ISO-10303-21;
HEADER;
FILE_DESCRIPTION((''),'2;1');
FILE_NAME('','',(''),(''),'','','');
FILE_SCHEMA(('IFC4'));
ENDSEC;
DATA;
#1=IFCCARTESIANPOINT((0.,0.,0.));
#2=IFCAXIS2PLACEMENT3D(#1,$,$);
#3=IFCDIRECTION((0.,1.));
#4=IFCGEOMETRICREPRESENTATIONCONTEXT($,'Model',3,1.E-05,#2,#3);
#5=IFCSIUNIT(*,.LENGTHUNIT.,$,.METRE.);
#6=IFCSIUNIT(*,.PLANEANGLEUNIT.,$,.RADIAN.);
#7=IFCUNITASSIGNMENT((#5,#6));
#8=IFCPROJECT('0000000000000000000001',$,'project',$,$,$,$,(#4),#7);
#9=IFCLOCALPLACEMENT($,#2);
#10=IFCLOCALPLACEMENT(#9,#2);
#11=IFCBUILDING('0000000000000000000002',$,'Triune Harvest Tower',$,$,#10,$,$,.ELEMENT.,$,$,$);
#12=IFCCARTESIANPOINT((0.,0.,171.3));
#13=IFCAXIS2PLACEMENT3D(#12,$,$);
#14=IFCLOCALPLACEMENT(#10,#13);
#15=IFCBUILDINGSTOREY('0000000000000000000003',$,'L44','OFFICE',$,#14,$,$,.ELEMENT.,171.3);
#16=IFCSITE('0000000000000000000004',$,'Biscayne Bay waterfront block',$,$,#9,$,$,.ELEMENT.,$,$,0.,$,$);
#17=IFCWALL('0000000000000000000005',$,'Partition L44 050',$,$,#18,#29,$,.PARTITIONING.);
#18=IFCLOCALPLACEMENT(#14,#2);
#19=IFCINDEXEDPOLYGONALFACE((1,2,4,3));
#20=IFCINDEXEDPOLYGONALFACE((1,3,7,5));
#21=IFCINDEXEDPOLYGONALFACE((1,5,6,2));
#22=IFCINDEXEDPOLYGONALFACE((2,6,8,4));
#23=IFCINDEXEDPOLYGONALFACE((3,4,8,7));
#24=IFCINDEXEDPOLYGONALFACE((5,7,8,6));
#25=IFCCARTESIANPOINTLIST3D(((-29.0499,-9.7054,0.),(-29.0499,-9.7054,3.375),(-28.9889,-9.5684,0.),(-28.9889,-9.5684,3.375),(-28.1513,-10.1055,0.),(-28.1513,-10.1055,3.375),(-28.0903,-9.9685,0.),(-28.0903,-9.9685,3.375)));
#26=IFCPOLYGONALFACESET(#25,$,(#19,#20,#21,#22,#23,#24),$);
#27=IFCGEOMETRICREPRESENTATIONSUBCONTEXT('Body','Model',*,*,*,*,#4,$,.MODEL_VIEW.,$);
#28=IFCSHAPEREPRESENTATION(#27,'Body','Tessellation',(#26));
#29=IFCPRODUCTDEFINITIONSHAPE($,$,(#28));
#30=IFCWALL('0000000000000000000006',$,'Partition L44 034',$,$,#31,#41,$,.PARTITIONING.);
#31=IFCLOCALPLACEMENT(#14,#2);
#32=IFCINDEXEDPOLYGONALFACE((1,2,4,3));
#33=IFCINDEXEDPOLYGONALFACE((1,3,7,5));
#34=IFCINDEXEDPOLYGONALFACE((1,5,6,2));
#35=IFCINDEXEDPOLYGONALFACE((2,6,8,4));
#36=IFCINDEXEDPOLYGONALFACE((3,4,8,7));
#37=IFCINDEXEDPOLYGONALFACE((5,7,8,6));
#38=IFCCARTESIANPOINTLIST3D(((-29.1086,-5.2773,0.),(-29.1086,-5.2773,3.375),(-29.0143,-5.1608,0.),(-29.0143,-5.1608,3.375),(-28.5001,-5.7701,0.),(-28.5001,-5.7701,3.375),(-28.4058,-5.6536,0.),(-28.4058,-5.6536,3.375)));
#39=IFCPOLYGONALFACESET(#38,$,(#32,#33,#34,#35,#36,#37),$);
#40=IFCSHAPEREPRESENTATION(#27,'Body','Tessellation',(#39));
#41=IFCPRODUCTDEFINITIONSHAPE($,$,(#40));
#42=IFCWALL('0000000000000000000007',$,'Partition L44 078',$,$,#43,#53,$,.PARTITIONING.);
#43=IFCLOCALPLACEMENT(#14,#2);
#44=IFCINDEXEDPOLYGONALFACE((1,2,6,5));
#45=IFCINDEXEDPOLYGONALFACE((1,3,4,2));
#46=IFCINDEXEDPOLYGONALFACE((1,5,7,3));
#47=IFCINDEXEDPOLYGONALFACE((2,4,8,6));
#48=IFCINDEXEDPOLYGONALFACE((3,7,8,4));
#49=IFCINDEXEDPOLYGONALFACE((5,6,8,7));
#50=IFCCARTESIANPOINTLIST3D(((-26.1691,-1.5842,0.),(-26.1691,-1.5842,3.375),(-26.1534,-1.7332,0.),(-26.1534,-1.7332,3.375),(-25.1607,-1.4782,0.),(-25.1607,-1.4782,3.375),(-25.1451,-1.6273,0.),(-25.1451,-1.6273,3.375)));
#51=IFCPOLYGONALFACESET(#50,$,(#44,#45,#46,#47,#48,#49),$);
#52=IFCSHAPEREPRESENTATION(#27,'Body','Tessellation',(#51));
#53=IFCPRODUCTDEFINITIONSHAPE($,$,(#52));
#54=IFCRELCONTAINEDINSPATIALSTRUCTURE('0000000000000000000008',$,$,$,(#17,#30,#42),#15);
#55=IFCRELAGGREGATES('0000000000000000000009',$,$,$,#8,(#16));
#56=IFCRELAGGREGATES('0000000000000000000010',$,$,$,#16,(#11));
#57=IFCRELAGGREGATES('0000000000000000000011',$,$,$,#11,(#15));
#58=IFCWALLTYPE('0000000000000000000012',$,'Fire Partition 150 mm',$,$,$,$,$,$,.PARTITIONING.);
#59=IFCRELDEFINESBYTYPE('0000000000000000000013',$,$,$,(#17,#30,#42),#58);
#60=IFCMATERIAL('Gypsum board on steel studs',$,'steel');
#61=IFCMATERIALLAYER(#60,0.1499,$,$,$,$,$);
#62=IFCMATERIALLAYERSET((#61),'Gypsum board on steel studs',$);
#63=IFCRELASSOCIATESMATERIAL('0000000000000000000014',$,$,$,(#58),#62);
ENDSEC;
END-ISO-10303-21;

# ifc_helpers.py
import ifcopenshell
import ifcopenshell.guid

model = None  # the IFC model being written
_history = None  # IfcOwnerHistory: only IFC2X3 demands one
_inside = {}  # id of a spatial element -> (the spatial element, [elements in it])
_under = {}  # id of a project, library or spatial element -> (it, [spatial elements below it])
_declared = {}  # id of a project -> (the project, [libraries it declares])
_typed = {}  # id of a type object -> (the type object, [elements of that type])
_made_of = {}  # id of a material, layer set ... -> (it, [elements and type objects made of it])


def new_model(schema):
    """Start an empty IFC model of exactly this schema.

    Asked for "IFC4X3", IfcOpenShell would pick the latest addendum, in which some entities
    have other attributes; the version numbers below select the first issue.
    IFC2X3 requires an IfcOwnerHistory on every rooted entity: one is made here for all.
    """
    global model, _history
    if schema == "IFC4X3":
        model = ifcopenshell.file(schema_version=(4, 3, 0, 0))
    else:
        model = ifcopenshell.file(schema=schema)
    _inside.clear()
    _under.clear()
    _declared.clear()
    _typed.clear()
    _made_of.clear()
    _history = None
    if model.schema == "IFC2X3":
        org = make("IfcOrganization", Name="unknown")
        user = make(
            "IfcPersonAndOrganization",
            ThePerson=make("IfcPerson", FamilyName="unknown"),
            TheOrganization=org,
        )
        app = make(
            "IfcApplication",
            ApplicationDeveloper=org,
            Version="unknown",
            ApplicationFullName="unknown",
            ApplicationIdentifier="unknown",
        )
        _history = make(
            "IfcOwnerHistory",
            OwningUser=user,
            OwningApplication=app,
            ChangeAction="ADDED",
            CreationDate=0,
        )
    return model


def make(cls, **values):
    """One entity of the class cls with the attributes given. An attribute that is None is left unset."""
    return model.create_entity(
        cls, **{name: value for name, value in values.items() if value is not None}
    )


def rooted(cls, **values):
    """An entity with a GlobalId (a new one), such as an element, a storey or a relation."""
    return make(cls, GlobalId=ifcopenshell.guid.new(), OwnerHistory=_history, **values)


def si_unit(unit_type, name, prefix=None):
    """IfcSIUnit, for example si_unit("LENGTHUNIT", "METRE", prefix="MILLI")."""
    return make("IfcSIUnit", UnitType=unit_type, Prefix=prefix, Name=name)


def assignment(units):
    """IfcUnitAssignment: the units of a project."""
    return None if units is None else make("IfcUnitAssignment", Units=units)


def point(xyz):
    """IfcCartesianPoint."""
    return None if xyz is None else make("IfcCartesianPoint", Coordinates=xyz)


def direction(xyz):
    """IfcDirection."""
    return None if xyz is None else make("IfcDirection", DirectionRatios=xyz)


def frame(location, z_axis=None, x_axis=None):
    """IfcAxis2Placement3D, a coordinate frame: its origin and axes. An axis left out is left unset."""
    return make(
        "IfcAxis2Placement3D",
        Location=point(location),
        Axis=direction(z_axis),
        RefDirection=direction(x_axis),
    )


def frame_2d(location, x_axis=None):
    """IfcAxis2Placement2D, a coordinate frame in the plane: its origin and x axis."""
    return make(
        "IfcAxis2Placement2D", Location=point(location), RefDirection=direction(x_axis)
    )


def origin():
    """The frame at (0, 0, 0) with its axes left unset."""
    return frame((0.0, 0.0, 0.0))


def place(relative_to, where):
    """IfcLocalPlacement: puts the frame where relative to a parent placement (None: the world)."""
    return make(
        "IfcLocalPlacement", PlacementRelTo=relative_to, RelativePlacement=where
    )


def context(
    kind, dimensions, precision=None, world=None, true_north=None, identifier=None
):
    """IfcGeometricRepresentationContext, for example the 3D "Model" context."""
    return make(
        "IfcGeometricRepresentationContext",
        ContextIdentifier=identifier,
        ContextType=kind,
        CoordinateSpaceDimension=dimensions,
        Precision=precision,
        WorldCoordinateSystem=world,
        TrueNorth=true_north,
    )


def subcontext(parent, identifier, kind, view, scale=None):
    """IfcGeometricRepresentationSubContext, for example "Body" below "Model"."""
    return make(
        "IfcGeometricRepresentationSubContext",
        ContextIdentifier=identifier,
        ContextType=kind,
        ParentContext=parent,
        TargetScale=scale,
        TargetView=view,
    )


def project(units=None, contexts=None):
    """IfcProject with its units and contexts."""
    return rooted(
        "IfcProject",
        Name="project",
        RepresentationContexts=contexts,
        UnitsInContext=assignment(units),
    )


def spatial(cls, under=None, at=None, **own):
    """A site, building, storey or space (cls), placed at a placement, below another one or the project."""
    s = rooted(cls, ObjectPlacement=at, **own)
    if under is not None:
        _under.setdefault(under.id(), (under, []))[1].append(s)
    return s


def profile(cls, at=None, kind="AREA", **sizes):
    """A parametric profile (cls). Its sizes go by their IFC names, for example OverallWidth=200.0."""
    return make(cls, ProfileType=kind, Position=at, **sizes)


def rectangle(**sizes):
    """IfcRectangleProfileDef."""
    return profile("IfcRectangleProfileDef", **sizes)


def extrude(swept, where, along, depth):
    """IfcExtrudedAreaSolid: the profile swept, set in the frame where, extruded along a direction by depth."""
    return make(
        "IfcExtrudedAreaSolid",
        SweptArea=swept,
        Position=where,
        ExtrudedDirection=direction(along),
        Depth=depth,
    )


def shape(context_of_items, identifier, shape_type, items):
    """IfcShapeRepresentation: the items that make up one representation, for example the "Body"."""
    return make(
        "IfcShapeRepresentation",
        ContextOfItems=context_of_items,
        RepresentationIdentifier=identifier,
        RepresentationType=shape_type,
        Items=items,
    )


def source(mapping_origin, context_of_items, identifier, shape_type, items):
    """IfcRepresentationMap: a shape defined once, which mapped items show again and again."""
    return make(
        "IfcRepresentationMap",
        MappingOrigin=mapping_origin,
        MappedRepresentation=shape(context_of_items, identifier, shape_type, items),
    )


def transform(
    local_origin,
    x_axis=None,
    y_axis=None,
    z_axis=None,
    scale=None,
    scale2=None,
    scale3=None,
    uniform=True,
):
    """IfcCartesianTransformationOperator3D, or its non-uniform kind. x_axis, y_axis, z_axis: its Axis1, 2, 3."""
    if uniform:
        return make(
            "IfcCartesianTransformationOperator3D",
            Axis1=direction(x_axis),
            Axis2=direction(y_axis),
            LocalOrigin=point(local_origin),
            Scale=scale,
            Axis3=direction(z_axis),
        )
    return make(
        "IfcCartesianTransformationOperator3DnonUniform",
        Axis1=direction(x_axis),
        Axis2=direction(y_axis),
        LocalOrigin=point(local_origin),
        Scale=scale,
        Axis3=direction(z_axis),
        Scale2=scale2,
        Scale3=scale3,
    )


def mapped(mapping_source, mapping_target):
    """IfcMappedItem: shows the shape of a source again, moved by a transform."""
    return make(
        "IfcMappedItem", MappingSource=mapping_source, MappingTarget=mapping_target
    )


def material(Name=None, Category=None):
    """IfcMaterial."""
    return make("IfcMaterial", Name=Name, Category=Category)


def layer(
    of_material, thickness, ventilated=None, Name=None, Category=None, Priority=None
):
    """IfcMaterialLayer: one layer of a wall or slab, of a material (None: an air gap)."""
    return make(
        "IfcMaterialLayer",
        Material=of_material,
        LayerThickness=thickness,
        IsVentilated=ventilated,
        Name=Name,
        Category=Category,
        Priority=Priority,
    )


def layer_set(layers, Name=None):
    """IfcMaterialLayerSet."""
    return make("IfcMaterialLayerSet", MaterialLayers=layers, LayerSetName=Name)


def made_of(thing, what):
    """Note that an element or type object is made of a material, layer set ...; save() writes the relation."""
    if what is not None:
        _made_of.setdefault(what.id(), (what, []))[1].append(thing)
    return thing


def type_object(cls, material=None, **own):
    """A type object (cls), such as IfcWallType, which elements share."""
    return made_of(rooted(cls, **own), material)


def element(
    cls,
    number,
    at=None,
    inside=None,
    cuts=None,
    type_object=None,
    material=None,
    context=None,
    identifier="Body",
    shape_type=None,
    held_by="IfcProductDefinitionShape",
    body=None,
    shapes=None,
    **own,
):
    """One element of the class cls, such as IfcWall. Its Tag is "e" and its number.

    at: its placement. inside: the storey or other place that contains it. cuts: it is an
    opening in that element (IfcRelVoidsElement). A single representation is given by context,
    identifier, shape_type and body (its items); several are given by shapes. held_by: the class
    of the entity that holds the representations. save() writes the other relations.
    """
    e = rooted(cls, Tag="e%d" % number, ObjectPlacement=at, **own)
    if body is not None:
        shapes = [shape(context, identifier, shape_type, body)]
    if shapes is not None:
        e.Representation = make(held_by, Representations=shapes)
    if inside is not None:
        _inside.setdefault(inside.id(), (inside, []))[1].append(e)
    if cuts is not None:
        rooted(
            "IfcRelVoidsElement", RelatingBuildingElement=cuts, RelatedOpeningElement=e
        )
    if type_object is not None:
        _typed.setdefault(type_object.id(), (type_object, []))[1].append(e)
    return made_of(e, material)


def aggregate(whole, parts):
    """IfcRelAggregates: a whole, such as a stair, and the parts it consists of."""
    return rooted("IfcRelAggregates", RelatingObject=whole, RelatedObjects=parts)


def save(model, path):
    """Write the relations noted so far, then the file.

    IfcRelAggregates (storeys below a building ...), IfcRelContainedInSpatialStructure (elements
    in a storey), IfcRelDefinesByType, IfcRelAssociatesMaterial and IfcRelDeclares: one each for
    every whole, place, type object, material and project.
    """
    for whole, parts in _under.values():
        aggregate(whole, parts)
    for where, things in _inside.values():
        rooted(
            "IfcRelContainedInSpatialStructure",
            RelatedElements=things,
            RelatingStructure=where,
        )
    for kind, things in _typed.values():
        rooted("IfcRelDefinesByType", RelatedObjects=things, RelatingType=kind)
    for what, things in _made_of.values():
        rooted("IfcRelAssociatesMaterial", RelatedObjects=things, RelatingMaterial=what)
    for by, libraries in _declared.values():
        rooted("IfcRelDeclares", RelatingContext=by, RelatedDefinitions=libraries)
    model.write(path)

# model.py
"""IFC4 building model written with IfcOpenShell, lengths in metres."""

from ifc_helpers import new_model, si_unit, direction, frame, frame_2d, origin, place, context, subcontext, project, spatial, rectangle, extrude, source, transform, mapped, material, layer, layer_set, type_object, element, save


model = new_model("IFC4")

# Units and contexts
model_context = context("Model", 3, precision=1e-05, world=origin(), true_north=direction((0.0, 1.0)))
body_context = subcontext(model_context, "Body", "Model", "MODEL_VIEW")
ifc_project = project(units=[si_unit("LENGTHUNIT", "METRE"), si_unit("PLANEANGLEUNIT", "RADIAN")], contexts=[model_context])

# Site, building, storey
site_placement = place(None, origin())
site = spatial("IfcSite", under=ifc_project, at=site_placement, Name="Biscayne Bay waterfront block", CompositionType="ELEMENT", RefElevation=0.0)
building_placement = place(site_placement, origin())
building = spatial("IfcBuilding", under=site, at=building_placement, Name="Triune Harvest Tower", CompositionType="ELEMENT")
storey_placement = place(building_placement, frame((0.0, 0.0, 171.3)))
storey = spatial("IfcBuildingStorey", under=building, at=storey_placement, Name="L44", Description="OFFICE", CompositionType="ELEMENT", Elevation=171.3)

# Shared definitions
ifc_material_1 = material(Name="Gypsum board on steel studs", Category="steel")
ifc_layer_1 = layer(ifc_material_1, 0.1499)
ifc_layer_set_1 = layer_set([ifc_layer_1], Name="Gypsum board on steel studs")
wall_type_1 = type_object("IfcWallType", Name="Fire Partition 150 mm", PredefinedType="PARTITIONING", material=ifc_layer_set_1)

# Walls
shared_shape_1 = source(origin(), body_context, "Body", "SweptSolid", [
    extrude(rectangle(XDim=0.9836, YDim=0.1499, at=frame_2d((0.4917, 0.0))), origin(), (0.0, 0.0, 1.0), 3.375),
])
wall_1_placement = place(storey_placement, frame((-29.0193, -9.637, 0.0), z_axis=(0.0, 0.0, 1.0), x_axis=(0.913535, -0.40676, 0.0)))
element("IfcWall", 1, at=wall_1_placement, inside=storey, type_object=wall_type_1, Name="Partition L44 050", PredefinedType="PARTITIONING", context=body_context, shape_type="MappedRepresentation", body=[
    mapped(shared_shape_1, transform((0.0, 0.0, 0.0), scale=1.0)),
])
shared_shape_2 = source(origin(), body_context, "Body", "SweptSolid", [
    extrude(rectangle(XDim=0.783, YDim=0.1499, at=frame_2d((0.3916, 0.0))), origin(), (0.0, 0.0, 1.0), 3.375),
])
wall_2_placement = place(storey_placement, frame((-29.0615, -5.219, 0.0), z_axis=(0.0, 0.0, 1.0), x_axis=(0.777143, -0.629324, 0.0)))
element("IfcWall", 2, at=wall_2_placement, inside=storey, type_object=wall_type_1, Name="Partition L44 034", PredefinedType="PARTITIONING", context=body_context, shape_type="MappedRepresentation", body=[
    mapped(shared_shape_2, transform((0.0, 0.0, 0.0), scale=1.0)),
])
shared_shape_3 = source(origin(), body_context, "Body", "SweptSolid", [
    extrude(rectangle(XDim=1.0139, YDim=0.1499, at=frame_2d((0.5068, 0.0))), origin(), (0.0, 0.0, 1.0), 3.375),
])
wall_3_placement = place(storey_placement, frame((-26.1611, -1.6587, 0.0), z_axis=(0.0, 0.0, 1.0), x_axis=(0.994524, 0.104509, 0.0)))
element("IfcWall", 3, at=wall_3_placement, inside=storey, type_object=wall_type_1, Name="Partition L44 078", PredefinedType="PARTITIONING", context=body_context, shape_type="MappedRepresentation", body=[
    mapped(shared_shape_3, transform((0.0, 0.0, 0.0), scale=1.0)),
])

save(model, "model.ifc")
